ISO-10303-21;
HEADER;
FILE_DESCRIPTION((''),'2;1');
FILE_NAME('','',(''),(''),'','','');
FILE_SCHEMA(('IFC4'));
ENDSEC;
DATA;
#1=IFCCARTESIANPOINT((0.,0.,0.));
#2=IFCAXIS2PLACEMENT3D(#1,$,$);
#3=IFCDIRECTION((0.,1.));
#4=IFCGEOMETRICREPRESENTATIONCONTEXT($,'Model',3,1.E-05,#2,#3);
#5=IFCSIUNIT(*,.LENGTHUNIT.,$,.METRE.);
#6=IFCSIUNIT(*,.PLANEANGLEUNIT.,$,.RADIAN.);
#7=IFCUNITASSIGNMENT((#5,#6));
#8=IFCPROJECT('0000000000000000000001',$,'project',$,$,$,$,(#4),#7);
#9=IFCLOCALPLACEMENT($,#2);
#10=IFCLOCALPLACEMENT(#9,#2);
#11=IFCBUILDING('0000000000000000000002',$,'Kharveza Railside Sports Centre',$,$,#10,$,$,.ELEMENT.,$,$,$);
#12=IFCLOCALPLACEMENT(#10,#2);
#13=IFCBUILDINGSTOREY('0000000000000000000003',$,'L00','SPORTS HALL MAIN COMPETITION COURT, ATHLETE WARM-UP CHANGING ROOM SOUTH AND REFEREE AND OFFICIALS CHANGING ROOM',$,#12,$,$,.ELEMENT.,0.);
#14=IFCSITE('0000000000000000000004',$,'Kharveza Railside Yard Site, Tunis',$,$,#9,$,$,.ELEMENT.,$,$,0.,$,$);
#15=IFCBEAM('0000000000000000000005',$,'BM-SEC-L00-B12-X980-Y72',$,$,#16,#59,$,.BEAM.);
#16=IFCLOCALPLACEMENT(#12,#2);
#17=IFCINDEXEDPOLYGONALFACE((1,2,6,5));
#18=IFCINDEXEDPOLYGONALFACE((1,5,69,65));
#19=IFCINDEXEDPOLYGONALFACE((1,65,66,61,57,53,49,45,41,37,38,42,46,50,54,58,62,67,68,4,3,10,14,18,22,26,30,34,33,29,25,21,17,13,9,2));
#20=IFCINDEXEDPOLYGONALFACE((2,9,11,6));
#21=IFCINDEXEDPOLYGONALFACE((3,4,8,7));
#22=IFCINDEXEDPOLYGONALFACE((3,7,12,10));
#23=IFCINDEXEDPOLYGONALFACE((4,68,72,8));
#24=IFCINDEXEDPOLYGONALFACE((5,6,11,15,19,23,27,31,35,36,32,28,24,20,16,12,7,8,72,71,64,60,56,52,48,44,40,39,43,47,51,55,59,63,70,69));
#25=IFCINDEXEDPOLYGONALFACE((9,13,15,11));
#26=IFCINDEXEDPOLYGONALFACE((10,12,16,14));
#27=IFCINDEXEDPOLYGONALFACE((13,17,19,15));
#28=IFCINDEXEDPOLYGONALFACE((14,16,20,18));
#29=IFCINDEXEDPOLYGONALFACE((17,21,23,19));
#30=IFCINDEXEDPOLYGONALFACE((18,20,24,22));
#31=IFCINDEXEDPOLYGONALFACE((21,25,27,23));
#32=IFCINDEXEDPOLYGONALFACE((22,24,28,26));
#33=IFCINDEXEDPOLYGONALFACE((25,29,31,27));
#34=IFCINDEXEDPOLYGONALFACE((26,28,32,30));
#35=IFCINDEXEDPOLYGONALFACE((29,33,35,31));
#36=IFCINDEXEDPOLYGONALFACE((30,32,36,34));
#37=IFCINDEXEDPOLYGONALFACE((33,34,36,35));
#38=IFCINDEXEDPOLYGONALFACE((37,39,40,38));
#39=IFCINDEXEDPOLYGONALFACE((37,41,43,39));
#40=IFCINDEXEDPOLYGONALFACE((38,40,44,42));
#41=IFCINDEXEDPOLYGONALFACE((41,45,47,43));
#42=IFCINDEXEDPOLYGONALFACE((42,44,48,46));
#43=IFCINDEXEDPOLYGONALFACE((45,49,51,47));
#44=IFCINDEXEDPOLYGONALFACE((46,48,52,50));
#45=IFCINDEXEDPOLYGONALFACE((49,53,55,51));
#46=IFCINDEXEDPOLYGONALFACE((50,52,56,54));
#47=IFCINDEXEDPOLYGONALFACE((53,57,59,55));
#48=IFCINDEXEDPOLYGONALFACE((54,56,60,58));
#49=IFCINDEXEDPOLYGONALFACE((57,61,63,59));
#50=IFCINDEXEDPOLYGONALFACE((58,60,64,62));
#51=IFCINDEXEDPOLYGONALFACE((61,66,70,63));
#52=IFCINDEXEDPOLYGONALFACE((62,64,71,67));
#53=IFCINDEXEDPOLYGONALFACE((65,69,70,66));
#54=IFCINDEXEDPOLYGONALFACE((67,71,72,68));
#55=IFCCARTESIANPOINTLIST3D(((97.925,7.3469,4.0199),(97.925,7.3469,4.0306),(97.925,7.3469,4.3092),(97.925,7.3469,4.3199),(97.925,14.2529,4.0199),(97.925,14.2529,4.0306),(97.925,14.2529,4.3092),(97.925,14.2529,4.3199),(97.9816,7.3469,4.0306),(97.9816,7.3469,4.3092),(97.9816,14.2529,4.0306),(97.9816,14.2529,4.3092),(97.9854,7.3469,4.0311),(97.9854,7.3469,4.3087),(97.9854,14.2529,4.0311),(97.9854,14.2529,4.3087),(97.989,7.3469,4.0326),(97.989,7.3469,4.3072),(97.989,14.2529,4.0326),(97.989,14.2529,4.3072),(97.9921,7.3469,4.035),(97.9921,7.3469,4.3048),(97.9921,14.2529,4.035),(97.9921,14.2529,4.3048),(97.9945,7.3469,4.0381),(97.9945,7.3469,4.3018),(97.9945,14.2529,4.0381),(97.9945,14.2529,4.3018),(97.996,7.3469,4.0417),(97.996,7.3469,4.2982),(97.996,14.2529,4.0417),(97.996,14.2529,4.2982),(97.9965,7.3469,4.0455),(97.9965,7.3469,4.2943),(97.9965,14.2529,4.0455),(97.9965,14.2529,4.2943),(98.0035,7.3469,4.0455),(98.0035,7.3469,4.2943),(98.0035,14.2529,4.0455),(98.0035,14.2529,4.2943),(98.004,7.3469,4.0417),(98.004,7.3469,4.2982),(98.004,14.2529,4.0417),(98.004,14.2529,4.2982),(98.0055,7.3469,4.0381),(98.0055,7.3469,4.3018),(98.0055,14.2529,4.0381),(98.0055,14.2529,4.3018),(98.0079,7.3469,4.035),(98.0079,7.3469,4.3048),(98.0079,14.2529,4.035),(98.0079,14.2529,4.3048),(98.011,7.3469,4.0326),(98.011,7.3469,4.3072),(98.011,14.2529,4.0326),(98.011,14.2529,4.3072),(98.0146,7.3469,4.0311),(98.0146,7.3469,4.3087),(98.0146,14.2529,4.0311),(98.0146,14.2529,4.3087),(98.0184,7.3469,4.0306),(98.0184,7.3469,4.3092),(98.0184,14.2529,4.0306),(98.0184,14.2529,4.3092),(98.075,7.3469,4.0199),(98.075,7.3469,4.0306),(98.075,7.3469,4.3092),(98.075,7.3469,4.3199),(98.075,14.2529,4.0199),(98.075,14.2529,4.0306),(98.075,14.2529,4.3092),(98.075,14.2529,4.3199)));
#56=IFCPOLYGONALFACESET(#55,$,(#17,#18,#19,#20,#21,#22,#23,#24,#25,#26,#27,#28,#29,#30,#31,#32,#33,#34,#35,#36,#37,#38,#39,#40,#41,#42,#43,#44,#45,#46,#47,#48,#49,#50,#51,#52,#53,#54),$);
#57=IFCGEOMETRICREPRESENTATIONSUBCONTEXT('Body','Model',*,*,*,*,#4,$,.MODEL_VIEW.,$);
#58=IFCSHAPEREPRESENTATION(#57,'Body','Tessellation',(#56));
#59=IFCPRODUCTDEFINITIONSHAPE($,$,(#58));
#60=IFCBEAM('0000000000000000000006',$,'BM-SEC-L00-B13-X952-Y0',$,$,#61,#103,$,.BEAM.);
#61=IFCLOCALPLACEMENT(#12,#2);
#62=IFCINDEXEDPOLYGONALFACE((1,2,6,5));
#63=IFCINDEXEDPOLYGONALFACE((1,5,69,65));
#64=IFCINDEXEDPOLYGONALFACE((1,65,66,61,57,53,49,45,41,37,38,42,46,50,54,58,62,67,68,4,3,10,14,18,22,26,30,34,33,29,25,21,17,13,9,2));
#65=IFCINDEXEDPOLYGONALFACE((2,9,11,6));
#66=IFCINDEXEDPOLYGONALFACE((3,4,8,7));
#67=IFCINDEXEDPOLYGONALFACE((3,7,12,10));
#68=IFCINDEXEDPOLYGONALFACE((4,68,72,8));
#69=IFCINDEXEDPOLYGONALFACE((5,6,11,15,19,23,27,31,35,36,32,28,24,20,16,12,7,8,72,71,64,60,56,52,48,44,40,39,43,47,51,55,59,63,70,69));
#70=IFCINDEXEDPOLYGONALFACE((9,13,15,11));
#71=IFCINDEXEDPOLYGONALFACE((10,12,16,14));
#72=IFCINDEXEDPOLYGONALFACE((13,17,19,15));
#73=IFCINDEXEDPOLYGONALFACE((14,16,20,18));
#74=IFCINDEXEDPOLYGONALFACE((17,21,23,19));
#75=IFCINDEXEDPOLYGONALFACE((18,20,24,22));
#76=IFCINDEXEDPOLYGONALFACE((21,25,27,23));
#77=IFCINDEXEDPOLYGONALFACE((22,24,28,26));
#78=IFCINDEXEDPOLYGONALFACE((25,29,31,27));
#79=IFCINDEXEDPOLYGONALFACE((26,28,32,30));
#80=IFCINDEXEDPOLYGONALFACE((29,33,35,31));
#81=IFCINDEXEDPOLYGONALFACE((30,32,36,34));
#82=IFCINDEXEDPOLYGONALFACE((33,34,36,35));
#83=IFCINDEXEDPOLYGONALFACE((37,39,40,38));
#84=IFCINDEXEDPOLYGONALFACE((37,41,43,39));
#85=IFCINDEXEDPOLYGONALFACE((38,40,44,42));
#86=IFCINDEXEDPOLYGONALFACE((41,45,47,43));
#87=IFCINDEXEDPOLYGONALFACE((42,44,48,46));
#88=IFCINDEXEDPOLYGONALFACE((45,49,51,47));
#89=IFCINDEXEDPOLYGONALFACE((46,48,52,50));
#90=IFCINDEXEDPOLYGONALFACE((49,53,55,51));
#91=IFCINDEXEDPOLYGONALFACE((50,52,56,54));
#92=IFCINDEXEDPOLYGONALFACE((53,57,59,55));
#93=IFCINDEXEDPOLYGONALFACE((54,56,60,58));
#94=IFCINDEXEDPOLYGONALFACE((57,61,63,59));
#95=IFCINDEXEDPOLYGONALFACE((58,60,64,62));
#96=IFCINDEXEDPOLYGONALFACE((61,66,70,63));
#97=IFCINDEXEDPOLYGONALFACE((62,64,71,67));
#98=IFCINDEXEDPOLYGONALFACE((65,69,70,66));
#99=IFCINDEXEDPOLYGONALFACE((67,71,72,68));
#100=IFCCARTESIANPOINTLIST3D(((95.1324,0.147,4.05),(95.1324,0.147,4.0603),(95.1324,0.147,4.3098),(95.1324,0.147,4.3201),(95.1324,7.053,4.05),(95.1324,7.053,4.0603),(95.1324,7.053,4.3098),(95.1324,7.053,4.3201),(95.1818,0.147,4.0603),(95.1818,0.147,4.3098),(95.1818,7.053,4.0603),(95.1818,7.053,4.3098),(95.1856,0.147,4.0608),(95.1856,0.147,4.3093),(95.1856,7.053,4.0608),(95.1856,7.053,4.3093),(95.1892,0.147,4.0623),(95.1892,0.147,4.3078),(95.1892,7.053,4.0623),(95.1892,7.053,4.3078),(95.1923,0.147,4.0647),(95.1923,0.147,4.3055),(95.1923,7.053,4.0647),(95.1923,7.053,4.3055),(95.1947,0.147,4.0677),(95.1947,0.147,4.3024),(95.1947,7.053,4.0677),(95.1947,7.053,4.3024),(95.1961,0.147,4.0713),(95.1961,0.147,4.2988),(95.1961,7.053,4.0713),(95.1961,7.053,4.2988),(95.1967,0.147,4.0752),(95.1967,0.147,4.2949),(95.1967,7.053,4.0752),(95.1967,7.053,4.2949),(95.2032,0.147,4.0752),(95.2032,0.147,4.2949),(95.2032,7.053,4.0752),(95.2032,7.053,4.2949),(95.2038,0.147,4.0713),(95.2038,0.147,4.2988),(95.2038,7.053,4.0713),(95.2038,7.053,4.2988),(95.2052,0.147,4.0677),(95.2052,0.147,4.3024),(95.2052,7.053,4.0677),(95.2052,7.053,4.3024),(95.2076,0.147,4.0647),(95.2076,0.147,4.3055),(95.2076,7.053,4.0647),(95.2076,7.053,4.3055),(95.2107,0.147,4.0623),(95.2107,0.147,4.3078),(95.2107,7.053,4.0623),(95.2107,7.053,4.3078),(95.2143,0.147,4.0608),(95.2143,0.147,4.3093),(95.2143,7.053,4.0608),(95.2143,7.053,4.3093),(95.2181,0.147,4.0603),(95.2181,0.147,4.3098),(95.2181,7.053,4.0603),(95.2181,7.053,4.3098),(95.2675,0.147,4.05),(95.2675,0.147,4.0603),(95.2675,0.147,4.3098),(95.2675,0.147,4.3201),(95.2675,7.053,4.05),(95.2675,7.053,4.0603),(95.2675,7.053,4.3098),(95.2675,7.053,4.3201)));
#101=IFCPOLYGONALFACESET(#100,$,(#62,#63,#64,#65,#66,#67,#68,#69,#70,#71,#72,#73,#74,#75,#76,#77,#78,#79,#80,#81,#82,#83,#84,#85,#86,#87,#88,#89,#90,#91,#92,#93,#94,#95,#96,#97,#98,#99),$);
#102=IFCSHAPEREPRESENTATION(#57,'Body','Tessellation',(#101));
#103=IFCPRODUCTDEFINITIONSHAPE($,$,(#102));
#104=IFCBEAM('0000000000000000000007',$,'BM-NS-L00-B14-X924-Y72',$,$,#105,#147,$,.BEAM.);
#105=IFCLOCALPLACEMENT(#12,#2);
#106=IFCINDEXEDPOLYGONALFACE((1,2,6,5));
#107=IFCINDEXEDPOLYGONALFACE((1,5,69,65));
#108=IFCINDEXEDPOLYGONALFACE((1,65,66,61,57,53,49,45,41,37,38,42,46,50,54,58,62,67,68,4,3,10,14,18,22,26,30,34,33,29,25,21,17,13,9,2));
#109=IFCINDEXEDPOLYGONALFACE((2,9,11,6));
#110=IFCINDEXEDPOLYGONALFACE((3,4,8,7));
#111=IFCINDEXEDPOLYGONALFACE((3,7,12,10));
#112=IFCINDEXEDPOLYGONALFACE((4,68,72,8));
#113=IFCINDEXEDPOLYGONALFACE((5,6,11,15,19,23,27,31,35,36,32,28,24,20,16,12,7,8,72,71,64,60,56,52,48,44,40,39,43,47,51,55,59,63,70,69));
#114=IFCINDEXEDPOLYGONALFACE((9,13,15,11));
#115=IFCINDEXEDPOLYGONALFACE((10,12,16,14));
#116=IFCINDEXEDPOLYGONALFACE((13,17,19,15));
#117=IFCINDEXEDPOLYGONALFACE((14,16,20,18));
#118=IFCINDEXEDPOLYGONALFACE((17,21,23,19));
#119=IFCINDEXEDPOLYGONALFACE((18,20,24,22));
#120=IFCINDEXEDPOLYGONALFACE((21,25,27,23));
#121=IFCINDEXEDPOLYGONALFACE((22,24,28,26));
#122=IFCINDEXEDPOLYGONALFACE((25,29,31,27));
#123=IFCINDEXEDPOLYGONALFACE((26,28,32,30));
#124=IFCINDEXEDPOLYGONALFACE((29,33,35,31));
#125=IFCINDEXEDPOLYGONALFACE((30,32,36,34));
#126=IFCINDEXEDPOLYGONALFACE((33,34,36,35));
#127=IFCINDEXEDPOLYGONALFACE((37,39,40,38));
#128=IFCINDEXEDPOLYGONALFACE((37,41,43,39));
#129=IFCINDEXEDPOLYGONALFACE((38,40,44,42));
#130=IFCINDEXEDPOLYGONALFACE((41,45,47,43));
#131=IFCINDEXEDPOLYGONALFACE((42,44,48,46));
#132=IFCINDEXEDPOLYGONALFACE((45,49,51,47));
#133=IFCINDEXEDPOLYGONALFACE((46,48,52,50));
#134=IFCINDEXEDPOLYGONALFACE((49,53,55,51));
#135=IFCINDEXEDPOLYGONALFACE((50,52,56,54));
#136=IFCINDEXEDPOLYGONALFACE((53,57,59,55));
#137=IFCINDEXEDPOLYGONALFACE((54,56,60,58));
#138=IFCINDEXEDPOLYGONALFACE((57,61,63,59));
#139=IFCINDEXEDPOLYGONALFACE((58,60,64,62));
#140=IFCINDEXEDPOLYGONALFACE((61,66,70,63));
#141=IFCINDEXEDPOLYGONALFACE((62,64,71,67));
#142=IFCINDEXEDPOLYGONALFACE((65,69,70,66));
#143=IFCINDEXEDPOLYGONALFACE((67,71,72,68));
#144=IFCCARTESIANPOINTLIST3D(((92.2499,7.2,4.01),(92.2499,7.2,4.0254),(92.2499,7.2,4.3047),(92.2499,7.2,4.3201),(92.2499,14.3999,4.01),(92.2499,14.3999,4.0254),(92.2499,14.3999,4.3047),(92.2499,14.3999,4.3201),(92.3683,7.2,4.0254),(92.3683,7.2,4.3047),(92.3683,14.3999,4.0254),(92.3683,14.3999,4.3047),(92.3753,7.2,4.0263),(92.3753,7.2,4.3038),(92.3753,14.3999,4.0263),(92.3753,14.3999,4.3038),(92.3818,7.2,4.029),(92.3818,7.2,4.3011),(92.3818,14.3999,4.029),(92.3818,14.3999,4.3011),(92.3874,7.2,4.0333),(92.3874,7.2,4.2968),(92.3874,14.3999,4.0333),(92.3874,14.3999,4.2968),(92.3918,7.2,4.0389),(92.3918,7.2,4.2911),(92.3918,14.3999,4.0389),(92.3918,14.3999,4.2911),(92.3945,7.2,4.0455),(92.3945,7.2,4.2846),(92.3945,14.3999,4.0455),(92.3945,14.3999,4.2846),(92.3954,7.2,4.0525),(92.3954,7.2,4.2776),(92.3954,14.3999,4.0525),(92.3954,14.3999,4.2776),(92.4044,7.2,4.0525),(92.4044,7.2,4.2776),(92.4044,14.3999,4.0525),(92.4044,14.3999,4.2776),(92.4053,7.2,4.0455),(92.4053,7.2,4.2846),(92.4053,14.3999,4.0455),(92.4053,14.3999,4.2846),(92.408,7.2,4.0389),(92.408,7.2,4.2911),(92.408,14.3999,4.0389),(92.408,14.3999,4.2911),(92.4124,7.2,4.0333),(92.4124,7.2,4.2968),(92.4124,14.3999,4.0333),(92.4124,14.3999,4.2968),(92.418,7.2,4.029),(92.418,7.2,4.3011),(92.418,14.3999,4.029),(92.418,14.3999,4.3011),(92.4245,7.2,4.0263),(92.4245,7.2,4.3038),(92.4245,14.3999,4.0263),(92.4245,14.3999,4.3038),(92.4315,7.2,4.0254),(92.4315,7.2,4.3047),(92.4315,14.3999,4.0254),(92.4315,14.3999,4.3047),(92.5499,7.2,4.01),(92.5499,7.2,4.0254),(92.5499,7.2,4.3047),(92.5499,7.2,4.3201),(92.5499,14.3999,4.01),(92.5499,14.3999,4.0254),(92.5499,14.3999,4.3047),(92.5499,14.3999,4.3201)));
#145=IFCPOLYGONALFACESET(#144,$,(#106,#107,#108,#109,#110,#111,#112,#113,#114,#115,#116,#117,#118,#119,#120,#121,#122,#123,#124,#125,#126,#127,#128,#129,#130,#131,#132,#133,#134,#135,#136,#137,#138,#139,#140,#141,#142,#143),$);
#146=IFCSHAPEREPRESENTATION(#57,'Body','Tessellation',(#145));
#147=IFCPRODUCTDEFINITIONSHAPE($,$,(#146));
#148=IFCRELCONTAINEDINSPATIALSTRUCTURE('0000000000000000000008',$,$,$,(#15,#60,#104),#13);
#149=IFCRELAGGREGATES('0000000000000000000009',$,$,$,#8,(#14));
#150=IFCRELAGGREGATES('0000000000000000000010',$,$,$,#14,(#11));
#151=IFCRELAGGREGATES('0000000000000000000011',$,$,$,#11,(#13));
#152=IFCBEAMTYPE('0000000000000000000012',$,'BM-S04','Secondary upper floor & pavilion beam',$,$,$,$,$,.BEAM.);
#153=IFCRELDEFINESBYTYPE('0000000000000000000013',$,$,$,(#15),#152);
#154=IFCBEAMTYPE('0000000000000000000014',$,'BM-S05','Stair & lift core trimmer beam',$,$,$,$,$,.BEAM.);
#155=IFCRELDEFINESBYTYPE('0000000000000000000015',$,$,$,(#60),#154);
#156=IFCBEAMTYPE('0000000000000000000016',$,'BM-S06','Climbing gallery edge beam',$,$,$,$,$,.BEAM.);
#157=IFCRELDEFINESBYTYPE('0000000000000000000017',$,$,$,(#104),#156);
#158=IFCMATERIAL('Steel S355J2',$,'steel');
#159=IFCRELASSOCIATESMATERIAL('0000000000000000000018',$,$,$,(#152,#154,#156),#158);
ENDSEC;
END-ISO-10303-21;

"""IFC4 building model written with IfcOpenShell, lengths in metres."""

from ifc_helpers import new_model, si_unit, direction, frame, origin, origin_2d, place, context, subcontext, project, spatial, i_section, extrude, material, material_profile, profile_set, type_object, element, save


model = new_model("IFC4")

# Units and contexts
model_context = context("Model", 3, precision=1e-05, world=origin(), true_north=direction((0.0, 1.0)))
body_context = subcontext(model_context, "Body", "Model", "MODEL_VIEW")
ifc_project = project(units=[si_unit("LENGTHUNIT", "METRE"), si_unit("PLANEANGLEUNIT", "RADIAN")], contexts=[model_context])

# Site, building, storey
site_placement = place(None, origin())
site = spatial("IfcSite", under=ifc_project, at=site_placement, Name="Kharveza Railside Yard Site, Tunis", CompositionType="ELEMENT", RefElevation=0.0)
building_placement = place(site_placement, origin())
building = spatial("IfcBuilding", under=site, at=building_placement, Name="Kharveza Railside Sports Centre", CompositionType="ELEMENT")
storey_placement = place(building_placement, origin())
storey = spatial("IfcBuildingStorey", under=building, at=storey_placement, Name="L00", Description="SPORTS HALL MAIN COMPETITION COURT, ATHLETE WARM-UP CHANGING ROOM SOUTH AND REFEREE AND OFFICIALS CHANGING ROOM", CompositionType="ELEMENT", Elevation=0.0)

# Shared definitions
ifc_material_1 = material(Name="Steel S355J2", Category="steel")

# Beams
ifc_material_profile_1 = material_profile(ifc_material_1, i_section(OverallWidth=0.1499, OverallDepth=0.3, WebThickness=0.0071, FlangeThickness=0.0107, FilletRadius=0.0149, at=origin_2d()), Name="IPE 300")
ifc_profile_set_1 = profile_set([ifc_material_profile_1], Name="Steel S355J2")
beam_type_1 = type_object("IfcBeamType", Name="BM-S04", Description="Secondary upper floor & pavilion beam", PredefinedType="BEAM", material=ifc_profile_set_1)
beam_1_placement = place(storey_placement, frame((98.0, 7.3469, 4.1699), z_axis=(0.0, 1.0, 0.0), x_axis=(-1.0, 0.0, 0.0)))
element("IfcBeam", 1, at=beam_1_placement, inside=storey, type_object=beam_type_1, Name="BM-SEC-L00-B12-X980-Y72", PredefinedType="BEAM", context=body_context, shape_type="SweptSolid", body=[
    extrude(i_section(OverallWidth=0.1499, OverallDepth=0.3, WebThickness=0.0071, FlangeThickness=0.0107, FilletRadius=0.0149, at=origin_2d()), origin(), (0.0, 0.0, 1.0), 6.906),
])
ifc_material_profile_2 = material_profile(ifc_material_1, i_section(OverallWidth=0.135, OverallDepth=0.27, WebThickness=0.0066, FlangeThickness=0.0103, FilletRadius=0.0149, at=origin_2d()), Name="IPE 270")
ifc_profile_set_2 = profile_set([ifc_material_profile_2], Name="Steel S355J2")
beam_type_2 = type_object("IfcBeamType", Name="BM-S05", Description="Stair & lift core trimmer beam", PredefinedType="BEAM", material=ifc_profile_set_2)
beam_2_placement = place(storey_placement, frame((95.2, 0.147, 4.1851), z_axis=(0.0, 1.0, 0.0), x_axis=(-1.0, 0.0, 0.0)))
element("IfcBeam", 2, at=beam_2_placement, inside=storey, type_object=beam_type_2, Name="BM-SEC-L00-B13-X952-Y0", PredefinedType="BEAM", context=body_context, shape_type="SweptSolid", body=[
    extrude(i_section(OverallWidth=0.135, OverallDepth=0.27, WebThickness=0.0066, FlangeThickness=0.0103, FilletRadius=0.0149, at=origin_2d()), origin(), (0.0, 0.0, 1.0), 6.906),
])
ifc_material_profile_3 = material_profile(ifc_material_1, i_section(OverallWidth=0.3, OverallDepth=0.3101, WebThickness=0.009, FlangeThickness=0.0154, FilletRadius=0.0271, at=origin_2d()), Name="HEA 320")
ifc_profile_set_3 = profile_set([ifc_material_profile_3], Name="Steel S355J2")
beam_type_3 = type_object("IfcBeamType", Name="BM-S06", Description="Climbing gallery edge beam", PredefinedType="BEAM", material=ifc_profile_set_3)
beam_3_placement = place(storey_placement, frame((92.3999, 7.2, 4.165), z_axis=(0.0, 1.0, 0.0), x_axis=(-1.0, 0.0, 0.0)))
element("IfcBeam", 3, at=beam_3_placement, inside=storey, type_object=beam_type_3, Name="BM-NS-L00-B14-X924-Y72", PredefinedType="BEAM", context=body_context, shape_type="SweptSolid", body=[
    extrude(i_section(OverallWidth=0.3, OverallDepth=0.3101, WebThickness=0.009, FlangeThickness=0.0154, FilletRadius=0.0271, at=origin_2d()), origin(), (0.0, 0.0, 1.0), 7.2),
])

save(model, "model.ifc")
